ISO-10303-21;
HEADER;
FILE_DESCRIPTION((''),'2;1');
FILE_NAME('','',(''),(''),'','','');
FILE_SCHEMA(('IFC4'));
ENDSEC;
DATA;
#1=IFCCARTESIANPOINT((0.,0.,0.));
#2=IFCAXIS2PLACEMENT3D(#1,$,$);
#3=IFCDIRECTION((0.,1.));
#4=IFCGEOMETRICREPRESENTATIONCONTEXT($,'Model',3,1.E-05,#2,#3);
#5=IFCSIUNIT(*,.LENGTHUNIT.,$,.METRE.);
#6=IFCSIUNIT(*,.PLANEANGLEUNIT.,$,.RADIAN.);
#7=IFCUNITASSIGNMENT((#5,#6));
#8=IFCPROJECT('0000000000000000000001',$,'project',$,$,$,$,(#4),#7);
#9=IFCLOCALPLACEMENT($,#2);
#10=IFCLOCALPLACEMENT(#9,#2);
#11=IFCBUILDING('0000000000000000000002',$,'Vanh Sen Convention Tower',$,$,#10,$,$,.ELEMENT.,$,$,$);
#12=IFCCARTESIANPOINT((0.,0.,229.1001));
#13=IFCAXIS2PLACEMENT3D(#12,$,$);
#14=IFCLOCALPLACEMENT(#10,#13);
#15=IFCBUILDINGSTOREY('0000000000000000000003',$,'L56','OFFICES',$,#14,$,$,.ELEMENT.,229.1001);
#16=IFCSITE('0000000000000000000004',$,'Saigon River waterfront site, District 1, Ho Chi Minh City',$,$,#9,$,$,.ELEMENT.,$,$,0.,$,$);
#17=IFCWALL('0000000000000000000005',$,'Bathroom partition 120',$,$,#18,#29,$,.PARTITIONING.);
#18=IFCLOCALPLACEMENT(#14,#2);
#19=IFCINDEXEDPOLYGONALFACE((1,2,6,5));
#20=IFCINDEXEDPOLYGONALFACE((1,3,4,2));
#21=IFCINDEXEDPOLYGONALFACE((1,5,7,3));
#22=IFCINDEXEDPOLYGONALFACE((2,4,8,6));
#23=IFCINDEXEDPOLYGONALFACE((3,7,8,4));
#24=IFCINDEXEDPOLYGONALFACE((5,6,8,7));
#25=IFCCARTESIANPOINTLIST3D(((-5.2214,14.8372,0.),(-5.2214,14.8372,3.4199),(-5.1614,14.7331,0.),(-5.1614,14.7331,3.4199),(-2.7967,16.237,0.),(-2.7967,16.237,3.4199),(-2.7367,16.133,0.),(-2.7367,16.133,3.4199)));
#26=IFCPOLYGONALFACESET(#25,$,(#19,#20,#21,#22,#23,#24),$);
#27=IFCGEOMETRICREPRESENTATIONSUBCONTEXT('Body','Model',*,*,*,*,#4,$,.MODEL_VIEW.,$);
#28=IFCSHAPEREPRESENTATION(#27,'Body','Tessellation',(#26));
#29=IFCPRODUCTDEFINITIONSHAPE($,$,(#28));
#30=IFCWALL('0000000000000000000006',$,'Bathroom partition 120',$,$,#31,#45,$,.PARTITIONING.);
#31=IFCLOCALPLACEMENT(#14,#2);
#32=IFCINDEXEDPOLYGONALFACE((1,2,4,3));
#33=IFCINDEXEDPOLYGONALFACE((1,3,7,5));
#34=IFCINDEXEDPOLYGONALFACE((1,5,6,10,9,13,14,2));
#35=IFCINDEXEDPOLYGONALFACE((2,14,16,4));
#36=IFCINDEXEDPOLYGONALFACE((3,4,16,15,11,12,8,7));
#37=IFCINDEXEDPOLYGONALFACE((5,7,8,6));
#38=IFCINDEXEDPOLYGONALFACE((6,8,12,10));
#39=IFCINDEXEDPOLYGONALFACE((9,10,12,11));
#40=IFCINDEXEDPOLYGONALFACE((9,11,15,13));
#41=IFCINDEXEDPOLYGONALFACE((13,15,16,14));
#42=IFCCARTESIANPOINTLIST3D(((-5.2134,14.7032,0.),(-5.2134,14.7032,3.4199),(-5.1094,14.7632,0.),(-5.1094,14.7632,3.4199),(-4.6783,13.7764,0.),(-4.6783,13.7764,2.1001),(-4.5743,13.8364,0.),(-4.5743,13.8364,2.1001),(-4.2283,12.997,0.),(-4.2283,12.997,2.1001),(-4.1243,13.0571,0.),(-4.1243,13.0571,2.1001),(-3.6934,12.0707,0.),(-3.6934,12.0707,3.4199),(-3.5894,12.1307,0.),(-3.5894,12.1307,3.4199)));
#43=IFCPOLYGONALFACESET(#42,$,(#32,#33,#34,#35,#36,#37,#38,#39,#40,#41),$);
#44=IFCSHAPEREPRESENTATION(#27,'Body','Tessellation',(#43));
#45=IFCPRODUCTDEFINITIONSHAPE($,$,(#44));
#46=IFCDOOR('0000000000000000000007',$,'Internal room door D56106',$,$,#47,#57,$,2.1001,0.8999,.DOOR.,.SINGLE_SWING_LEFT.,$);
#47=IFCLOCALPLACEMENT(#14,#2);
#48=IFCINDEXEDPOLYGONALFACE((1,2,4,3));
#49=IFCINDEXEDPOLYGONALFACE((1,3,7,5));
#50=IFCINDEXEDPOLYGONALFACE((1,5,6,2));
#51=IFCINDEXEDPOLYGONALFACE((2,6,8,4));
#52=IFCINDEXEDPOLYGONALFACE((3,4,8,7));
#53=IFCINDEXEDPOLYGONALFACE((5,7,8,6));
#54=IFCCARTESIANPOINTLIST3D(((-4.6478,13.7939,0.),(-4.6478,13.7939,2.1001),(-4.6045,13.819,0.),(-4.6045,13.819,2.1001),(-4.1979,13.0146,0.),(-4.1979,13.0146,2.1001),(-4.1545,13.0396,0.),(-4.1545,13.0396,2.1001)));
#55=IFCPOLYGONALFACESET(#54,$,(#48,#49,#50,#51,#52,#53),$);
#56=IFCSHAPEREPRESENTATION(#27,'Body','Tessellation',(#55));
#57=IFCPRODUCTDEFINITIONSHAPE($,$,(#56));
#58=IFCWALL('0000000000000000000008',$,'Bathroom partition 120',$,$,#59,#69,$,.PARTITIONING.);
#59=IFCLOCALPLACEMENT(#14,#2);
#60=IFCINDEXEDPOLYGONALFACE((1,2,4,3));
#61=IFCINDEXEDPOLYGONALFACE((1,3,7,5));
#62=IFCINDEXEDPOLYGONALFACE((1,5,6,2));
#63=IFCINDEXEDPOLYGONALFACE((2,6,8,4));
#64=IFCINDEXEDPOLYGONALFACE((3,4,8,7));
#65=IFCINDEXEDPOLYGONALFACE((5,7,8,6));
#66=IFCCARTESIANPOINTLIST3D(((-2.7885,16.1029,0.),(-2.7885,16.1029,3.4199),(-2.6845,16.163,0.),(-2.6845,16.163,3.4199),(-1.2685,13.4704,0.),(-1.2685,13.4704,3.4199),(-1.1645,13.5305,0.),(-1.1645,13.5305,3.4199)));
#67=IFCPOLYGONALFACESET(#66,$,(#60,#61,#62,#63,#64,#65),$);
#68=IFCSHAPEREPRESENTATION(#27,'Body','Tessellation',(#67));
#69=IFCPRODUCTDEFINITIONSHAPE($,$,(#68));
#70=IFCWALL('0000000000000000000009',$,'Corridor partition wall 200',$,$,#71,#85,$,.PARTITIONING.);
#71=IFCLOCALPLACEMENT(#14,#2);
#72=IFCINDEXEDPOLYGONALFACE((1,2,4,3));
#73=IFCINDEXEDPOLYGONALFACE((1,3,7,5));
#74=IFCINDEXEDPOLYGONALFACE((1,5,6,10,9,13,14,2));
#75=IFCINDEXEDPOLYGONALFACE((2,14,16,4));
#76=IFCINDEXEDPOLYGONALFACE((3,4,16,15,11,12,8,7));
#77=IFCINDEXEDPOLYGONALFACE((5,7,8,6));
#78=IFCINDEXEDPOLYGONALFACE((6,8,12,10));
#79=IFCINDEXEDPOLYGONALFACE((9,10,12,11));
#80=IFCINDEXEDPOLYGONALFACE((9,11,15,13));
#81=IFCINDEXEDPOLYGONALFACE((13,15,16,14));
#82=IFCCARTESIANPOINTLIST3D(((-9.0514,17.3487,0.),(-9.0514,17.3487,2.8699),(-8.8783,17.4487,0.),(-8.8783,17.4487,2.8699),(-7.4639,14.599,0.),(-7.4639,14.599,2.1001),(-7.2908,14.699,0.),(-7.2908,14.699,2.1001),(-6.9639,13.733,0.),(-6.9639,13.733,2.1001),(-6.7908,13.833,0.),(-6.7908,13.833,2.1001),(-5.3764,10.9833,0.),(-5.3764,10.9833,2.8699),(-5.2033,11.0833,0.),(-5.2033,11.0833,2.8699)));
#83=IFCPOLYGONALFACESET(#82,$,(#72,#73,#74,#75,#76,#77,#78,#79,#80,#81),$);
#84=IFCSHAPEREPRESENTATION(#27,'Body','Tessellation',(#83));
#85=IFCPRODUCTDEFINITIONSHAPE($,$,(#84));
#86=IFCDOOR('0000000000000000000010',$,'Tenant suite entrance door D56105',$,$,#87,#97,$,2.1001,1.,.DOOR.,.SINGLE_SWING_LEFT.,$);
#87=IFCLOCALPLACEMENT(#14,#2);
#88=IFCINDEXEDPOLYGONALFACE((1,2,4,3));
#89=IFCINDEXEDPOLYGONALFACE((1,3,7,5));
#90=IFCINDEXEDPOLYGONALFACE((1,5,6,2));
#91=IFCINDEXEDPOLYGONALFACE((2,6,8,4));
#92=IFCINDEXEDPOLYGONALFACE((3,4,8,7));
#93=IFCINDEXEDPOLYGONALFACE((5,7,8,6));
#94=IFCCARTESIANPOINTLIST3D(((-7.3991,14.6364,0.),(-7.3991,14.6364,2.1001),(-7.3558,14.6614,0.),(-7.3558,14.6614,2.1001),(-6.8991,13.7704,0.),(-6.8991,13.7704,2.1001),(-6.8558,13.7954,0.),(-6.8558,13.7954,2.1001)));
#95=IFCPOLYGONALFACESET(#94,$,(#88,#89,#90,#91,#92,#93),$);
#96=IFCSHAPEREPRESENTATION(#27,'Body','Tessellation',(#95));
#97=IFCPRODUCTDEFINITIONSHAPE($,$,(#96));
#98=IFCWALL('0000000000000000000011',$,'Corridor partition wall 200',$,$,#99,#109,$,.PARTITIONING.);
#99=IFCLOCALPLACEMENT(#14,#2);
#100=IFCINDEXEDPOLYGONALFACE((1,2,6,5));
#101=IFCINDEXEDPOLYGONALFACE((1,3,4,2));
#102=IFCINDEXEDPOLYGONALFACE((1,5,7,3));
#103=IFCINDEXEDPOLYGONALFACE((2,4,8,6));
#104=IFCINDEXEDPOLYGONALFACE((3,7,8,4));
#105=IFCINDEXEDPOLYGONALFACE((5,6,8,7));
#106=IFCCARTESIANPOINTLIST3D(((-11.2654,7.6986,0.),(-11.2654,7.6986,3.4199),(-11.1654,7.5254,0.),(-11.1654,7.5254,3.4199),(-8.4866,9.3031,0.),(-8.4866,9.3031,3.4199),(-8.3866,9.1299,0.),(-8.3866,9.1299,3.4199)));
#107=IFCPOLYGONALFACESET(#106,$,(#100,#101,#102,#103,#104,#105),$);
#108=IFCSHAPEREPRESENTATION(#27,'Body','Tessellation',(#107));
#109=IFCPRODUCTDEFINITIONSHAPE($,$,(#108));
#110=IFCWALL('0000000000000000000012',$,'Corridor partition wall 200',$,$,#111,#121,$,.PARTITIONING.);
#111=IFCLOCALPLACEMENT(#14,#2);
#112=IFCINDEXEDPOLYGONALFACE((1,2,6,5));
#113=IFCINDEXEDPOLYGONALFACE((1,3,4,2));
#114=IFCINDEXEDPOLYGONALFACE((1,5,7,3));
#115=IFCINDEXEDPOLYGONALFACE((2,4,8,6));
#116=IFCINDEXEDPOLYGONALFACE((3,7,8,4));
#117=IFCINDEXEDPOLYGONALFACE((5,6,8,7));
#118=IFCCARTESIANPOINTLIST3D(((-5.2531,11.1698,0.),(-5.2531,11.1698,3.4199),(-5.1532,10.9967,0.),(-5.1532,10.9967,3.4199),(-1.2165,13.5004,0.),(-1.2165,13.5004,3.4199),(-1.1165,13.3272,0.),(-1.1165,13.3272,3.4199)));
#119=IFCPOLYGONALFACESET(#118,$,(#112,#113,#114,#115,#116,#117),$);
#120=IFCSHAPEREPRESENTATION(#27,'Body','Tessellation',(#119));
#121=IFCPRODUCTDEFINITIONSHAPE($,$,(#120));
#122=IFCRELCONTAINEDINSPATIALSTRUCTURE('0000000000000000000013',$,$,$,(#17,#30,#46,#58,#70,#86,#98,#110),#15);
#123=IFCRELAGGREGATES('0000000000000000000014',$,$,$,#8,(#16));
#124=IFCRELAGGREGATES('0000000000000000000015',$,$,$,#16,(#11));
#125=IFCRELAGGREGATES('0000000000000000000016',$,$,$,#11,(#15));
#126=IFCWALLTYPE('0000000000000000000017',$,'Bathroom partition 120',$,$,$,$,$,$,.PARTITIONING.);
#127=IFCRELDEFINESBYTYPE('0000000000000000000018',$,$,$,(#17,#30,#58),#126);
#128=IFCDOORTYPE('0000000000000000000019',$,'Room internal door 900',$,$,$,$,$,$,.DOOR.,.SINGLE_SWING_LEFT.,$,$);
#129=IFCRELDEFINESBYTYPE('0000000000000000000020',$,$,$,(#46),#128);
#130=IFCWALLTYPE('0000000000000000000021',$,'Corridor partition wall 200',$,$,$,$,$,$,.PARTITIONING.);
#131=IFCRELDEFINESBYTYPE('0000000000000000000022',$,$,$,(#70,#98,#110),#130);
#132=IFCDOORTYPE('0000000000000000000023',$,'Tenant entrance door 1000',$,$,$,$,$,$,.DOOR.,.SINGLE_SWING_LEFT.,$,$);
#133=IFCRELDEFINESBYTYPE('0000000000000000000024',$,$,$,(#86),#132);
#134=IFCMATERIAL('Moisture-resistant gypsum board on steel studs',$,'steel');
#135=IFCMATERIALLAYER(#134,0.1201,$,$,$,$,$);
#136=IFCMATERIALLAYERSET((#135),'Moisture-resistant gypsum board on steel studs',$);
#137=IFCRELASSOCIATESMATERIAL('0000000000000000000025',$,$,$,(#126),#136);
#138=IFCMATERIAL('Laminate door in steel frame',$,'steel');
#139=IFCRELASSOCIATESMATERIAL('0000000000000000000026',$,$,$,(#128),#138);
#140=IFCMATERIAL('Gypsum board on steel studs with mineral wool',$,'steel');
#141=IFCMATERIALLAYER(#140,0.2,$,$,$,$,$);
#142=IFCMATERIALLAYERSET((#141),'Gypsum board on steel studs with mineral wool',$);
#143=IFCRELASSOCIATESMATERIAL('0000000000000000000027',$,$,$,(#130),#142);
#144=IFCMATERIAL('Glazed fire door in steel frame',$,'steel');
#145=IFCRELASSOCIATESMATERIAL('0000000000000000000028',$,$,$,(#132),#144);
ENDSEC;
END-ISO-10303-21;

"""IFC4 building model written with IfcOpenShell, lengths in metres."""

from ifc_helpers import new_model, si_unit, direction, frame, frame_2d, origin, place, context, subcontext, project, spatial, rectangle, extrude, material, layer, layer_set, type_object, element, fill, save


model = new_model("IFC4")

# Units and contexts
model_context = context("Model", 3, precision=1e-05, world=origin(), true_north=direction((0.0, 1.0)))
body_context = subcontext(model_context, "Body", "Model", "MODEL_VIEW")
ifc_project = project(units=[si_unit("LENGTHUNIT", "METRE"), si_unit("PLANEANGLEUNIT", "RADIAN")], contexts=[model_context])

# Site, building, storey
site_placement = place(None, origin())
site = spatial("IfcSite", under=ifc_project, at=site_placement, Name="Saigon River waterfront site, District 1, Ho Chi Minh City", CompositionType="ELEMENT", RefElevation=0.0)
building_placement = place(site_placement, origin())
building = spatial("IfcBuilding", under=site, at=building_placement, Name="Vanh Sen Convention Tower", CompositionType="ELEMENT")
storey_placement = place(building_placement, frame((0.0, 0.0, 229.1001)))
storey = spatial("IfcBuildingStorey", under=building, at=storey_placement, Name="L56", Description="OFFICES", CompositionType="ELEMENT", Elevation=229.1001)

# Wall
ifc_material_1 = material(Name="Moisture-resistant gypsum board on steel studs", Category="steel")
ifc_layer_1 = layer(ifc_material_1, 0.1201)
ifc_layer_set_1 = layer_set([ifc_layer_1], Name="Moisture-resistant gypsum board on steel studs")
wall_type_1 = type_object("IfcWallType", Name="Bathroom partition 120", PredefinedType="PARTITIONING", material=ifc_layer_set_1)
wall_1_placement = place(storey_placement, frame((-5.1914, 14.7852, 0.0), z_axis=(0.0, 0.0, 1.0), x_axis=(0.866035, 0.499984, 0.0)))
element("IfcWall", 1, at=wall_1_placement, inside=storey, type_object=wall_type_1, Name="Bathroom partition 120", PredefinedType="PARTITIONING", context=body_context, shape_type="SweptSolid", body=[
    extrude(rectangle(XDim=2.7998, YDim=0.1201, at=frame_2d((1.3999, 0.0))), origin(), (0.0, 0.0, 1.0), 3.4199),
])

# Wall, opening, door
wall_2_placement = place(storey_placement, frame((-3.6414, 12.1006, 0.0), z_axis=(0.0, 0.0, 1.0), x_axis=(-0.500026, 0.86601, 0.0)))
wall_2 = element("IfcWall", 2, at=wall_2_placement, inside=storey, type_object=wall_type_1, Name="Bathroom partition 120", PredefinedType="PARTITIONING", context=body_context, shape_type="SweptSolid", body=[
    extrude(rectangle(XDim=3.0398, YDim=0.1201, at=frame_2d((1.52, 0.0))), origin(), (0.0, 0.0, 1.0), 3.4199),
])
opening_1_placement = place(wall_2_placement, frame((1.0698, 0.0, 0.0)))
opening_1 = element("IfcOpeningElement", 3, at=opening_1_placement, cuts=wall_2, PredefinedType="OPENING", context=body_context, shape_type="SweptSolid", body=[
    extrude(rectangle(XDim=0.8999, YDim=2.1001, at=frame_2d((0.45, 1.05))), frame((0.0, 0.0701, 0.0), z_axis=(0.0, -1.0, 0.0), x_axis=(1.0, 0.0, 0.0)), (0.0, 0.0, 1.0), 0.1401),
])
ifc_material_2 = material(Name="Laminate door in steel frame", Category="steel")
door_type_1 = type_object("IfcDoorType", Name="Room internal door 900", OperationType="SINGLE_SWING_LEFT", PredefinedType="DOOR", material=ifc_material_2)
door_1_placement = place(opening_1_placement, origin())
door_1 = element("IfcDoor", 4, at=door_1_placement, inside=storey, type_object=door_type_1, Name="Internal room door D56106", OperationType="SINGLE_SWING_LEFT", OverallHeight=2.1001, OverallWidth=0.8999, PredefinedType="DOOR", context=body_context, shape_type="SweptSolid", body=[
    extrude(rectangle(XDim=0.8999, YDim=2.1001, at=frame_2d((0.45, 1.05))), frame((0.0, 0.0249, 0.0), z_axis=(0.0, -1.0, 0.0), x_axis=(1.0, 0.0, 0.0)), (0.0, 0.0, 1.0), 0.05),
])
fill(opening_1, door_1)

# Wall
wall_3_placement = place(storey_placement, frame((-2.7366, 16.1331, 0.0), z_axis=(0.0, 0.0, 1.0), x_axis=(0.500026, -0.86601, 0.0)))
element("IfcWall", 5, at=wall_3_placement, inside=storey, type_object=wall_type_1, Name="Bathroom partition 120", PredefinedType="PARTITIONING", context=body_context, shape_type="SweptSolid", body=[
    extrude(rectangle(XDim=3.0398, YDim=0.1201, at=frame_2d((1.52, 0.0))), origin(), (0.0, 0.0, 1.0), 3.4199),
])

# Wall, opening, door
ifc_material_3 = material(Name="Gypsum board on steel studs with mineral wool", Category="steel")
ifc_layer_2 = layer(ifc_material_3, 0.2)
ifc_layer_set_2 = layer_set([ifc_layer_2], Name="Gypsum board on steel studs with mineral wool")
wall_type_2 = type_object("IfcWallType", Name="Corridor partition wall 200", PredefinedType="PARTITIONING", material=ifc_layer_set_2)
wall_4_placement = place(storey_placement, frame((-8.9648, 17.3987, 0.0), z_axis=(0.0, 0.0, 1.0), x_axis=(0.499994, -0.866029, 0.0)))
wall_4 = element("IfcWall", 6, at=wall_4_placement, inside=storey, type_object=wall_type_2, Name="Corridor partition wall 200", PredefinedType="PARTITIONING", context=body_context, shape_type="SweptSolid", body=[
    extrude(rectangle(XDim=7.3501, YDim=0.2, at=frame_2d((3.675, 0.0))), origin(), (0.0, 0.0, 1.0), 2.8699),
])
opening_2_placement = place(wall_4_placement, frame((3.175, 0.0, 0.0)))
opening_2 = element("IfcOpeningElement", 7, at=opening_2_placement, cuts=wall_4, PredefinedType="OPENING", context=body_context, shape_type="SweptSolid", body=[
    extrude(rectangle(XDim=1.0, YDim=2.1001, at=frame_2d((0.5, 1.05))), frame((0.0, 0.1099, 0.0), z_axis=(0.0, -1.0, 0.0), x_axis=(1.0, 0.0, 0.0)), (0.0, 0.0, 1.0), 0.22),
])
ifc_material_4 = material(Name="Glazed fire door in steel frame", Category="steel")
door_type_2 = type_object("IfcDoorType", Name="Tenant entrance door 1000", OperationType="SINGLE_SWING_LEFT", PredefinedType="DOOR", material=ifc_material_4)
door_2_placement = place(opening_2_placement, origin())
door_2 = element("IfcDoor", 8, at=door_2_placement, inside=storey, type_object=door_type_2, Name="Tenant suite entrance door D56105", OperationType="SINGLE_SWING_LEFT", OverallHeight=2.1001, OverallWidth=1.0, PredefinedType="DOOR", context=body_context, shape_type="SweptSolid", body=[
    extrude(rectangle(XDim=1.0, YDim=2.1001, at=frame_2d((0.5, 1.05))), frame((0.0, 0.0249, 0.0), z_axis=(0.0, -1.0, 0.0), x_axis=(1.0, 0.0, 0.0)), (0.0, 0.0, 1.0), 0.05),
])
fill(opening_2, door_2)

# Walls
wall_5_placement = place(storey_placement, frame((-8.4365, 9.2166, 0.0), z_axis=(0.0, 0.0, 1.0), x_axis=(-0.866006, -0.500034, 0.0)))
element("IfcWall", 9, at=wall_5_placement, inside=storey, type_object=wall_type_2, Name="Corridor partition wall 200", PredefinedType="PARTITIONING", context=body_context, shape_type="SweptSolid", body=[
    extrude(rectangle(XDim=3.2087, YDim=0.2, at=frame_2d((1.6045, 0.0))), origin(), (0.0, 0.0, 1.0), 3.4199),
])
wall_6_placement = place(storey_placement, frame((-1.1665, 13.4138, 0.0), z_axis=(0.0, 0.0, 1.0), x_axis=(-0.866023, -0.500004, 0.0)))
element("IfcWall", 10, at=wall_6_placement, inside=storey, type_object=wall_type_2, Name="Corridor partition wall 200", PredefinedType="PARTITIONING", context=body_context, shape_type="SweptSolid", body=[
    extrude(rectangle(XDim=4.6611, YDim=0.2, at=frame_2d((2.3306, 0.0))), origin(), (0.0, 0.0, 1.0), 3.4199),
])

save(model, "model.ifc")
